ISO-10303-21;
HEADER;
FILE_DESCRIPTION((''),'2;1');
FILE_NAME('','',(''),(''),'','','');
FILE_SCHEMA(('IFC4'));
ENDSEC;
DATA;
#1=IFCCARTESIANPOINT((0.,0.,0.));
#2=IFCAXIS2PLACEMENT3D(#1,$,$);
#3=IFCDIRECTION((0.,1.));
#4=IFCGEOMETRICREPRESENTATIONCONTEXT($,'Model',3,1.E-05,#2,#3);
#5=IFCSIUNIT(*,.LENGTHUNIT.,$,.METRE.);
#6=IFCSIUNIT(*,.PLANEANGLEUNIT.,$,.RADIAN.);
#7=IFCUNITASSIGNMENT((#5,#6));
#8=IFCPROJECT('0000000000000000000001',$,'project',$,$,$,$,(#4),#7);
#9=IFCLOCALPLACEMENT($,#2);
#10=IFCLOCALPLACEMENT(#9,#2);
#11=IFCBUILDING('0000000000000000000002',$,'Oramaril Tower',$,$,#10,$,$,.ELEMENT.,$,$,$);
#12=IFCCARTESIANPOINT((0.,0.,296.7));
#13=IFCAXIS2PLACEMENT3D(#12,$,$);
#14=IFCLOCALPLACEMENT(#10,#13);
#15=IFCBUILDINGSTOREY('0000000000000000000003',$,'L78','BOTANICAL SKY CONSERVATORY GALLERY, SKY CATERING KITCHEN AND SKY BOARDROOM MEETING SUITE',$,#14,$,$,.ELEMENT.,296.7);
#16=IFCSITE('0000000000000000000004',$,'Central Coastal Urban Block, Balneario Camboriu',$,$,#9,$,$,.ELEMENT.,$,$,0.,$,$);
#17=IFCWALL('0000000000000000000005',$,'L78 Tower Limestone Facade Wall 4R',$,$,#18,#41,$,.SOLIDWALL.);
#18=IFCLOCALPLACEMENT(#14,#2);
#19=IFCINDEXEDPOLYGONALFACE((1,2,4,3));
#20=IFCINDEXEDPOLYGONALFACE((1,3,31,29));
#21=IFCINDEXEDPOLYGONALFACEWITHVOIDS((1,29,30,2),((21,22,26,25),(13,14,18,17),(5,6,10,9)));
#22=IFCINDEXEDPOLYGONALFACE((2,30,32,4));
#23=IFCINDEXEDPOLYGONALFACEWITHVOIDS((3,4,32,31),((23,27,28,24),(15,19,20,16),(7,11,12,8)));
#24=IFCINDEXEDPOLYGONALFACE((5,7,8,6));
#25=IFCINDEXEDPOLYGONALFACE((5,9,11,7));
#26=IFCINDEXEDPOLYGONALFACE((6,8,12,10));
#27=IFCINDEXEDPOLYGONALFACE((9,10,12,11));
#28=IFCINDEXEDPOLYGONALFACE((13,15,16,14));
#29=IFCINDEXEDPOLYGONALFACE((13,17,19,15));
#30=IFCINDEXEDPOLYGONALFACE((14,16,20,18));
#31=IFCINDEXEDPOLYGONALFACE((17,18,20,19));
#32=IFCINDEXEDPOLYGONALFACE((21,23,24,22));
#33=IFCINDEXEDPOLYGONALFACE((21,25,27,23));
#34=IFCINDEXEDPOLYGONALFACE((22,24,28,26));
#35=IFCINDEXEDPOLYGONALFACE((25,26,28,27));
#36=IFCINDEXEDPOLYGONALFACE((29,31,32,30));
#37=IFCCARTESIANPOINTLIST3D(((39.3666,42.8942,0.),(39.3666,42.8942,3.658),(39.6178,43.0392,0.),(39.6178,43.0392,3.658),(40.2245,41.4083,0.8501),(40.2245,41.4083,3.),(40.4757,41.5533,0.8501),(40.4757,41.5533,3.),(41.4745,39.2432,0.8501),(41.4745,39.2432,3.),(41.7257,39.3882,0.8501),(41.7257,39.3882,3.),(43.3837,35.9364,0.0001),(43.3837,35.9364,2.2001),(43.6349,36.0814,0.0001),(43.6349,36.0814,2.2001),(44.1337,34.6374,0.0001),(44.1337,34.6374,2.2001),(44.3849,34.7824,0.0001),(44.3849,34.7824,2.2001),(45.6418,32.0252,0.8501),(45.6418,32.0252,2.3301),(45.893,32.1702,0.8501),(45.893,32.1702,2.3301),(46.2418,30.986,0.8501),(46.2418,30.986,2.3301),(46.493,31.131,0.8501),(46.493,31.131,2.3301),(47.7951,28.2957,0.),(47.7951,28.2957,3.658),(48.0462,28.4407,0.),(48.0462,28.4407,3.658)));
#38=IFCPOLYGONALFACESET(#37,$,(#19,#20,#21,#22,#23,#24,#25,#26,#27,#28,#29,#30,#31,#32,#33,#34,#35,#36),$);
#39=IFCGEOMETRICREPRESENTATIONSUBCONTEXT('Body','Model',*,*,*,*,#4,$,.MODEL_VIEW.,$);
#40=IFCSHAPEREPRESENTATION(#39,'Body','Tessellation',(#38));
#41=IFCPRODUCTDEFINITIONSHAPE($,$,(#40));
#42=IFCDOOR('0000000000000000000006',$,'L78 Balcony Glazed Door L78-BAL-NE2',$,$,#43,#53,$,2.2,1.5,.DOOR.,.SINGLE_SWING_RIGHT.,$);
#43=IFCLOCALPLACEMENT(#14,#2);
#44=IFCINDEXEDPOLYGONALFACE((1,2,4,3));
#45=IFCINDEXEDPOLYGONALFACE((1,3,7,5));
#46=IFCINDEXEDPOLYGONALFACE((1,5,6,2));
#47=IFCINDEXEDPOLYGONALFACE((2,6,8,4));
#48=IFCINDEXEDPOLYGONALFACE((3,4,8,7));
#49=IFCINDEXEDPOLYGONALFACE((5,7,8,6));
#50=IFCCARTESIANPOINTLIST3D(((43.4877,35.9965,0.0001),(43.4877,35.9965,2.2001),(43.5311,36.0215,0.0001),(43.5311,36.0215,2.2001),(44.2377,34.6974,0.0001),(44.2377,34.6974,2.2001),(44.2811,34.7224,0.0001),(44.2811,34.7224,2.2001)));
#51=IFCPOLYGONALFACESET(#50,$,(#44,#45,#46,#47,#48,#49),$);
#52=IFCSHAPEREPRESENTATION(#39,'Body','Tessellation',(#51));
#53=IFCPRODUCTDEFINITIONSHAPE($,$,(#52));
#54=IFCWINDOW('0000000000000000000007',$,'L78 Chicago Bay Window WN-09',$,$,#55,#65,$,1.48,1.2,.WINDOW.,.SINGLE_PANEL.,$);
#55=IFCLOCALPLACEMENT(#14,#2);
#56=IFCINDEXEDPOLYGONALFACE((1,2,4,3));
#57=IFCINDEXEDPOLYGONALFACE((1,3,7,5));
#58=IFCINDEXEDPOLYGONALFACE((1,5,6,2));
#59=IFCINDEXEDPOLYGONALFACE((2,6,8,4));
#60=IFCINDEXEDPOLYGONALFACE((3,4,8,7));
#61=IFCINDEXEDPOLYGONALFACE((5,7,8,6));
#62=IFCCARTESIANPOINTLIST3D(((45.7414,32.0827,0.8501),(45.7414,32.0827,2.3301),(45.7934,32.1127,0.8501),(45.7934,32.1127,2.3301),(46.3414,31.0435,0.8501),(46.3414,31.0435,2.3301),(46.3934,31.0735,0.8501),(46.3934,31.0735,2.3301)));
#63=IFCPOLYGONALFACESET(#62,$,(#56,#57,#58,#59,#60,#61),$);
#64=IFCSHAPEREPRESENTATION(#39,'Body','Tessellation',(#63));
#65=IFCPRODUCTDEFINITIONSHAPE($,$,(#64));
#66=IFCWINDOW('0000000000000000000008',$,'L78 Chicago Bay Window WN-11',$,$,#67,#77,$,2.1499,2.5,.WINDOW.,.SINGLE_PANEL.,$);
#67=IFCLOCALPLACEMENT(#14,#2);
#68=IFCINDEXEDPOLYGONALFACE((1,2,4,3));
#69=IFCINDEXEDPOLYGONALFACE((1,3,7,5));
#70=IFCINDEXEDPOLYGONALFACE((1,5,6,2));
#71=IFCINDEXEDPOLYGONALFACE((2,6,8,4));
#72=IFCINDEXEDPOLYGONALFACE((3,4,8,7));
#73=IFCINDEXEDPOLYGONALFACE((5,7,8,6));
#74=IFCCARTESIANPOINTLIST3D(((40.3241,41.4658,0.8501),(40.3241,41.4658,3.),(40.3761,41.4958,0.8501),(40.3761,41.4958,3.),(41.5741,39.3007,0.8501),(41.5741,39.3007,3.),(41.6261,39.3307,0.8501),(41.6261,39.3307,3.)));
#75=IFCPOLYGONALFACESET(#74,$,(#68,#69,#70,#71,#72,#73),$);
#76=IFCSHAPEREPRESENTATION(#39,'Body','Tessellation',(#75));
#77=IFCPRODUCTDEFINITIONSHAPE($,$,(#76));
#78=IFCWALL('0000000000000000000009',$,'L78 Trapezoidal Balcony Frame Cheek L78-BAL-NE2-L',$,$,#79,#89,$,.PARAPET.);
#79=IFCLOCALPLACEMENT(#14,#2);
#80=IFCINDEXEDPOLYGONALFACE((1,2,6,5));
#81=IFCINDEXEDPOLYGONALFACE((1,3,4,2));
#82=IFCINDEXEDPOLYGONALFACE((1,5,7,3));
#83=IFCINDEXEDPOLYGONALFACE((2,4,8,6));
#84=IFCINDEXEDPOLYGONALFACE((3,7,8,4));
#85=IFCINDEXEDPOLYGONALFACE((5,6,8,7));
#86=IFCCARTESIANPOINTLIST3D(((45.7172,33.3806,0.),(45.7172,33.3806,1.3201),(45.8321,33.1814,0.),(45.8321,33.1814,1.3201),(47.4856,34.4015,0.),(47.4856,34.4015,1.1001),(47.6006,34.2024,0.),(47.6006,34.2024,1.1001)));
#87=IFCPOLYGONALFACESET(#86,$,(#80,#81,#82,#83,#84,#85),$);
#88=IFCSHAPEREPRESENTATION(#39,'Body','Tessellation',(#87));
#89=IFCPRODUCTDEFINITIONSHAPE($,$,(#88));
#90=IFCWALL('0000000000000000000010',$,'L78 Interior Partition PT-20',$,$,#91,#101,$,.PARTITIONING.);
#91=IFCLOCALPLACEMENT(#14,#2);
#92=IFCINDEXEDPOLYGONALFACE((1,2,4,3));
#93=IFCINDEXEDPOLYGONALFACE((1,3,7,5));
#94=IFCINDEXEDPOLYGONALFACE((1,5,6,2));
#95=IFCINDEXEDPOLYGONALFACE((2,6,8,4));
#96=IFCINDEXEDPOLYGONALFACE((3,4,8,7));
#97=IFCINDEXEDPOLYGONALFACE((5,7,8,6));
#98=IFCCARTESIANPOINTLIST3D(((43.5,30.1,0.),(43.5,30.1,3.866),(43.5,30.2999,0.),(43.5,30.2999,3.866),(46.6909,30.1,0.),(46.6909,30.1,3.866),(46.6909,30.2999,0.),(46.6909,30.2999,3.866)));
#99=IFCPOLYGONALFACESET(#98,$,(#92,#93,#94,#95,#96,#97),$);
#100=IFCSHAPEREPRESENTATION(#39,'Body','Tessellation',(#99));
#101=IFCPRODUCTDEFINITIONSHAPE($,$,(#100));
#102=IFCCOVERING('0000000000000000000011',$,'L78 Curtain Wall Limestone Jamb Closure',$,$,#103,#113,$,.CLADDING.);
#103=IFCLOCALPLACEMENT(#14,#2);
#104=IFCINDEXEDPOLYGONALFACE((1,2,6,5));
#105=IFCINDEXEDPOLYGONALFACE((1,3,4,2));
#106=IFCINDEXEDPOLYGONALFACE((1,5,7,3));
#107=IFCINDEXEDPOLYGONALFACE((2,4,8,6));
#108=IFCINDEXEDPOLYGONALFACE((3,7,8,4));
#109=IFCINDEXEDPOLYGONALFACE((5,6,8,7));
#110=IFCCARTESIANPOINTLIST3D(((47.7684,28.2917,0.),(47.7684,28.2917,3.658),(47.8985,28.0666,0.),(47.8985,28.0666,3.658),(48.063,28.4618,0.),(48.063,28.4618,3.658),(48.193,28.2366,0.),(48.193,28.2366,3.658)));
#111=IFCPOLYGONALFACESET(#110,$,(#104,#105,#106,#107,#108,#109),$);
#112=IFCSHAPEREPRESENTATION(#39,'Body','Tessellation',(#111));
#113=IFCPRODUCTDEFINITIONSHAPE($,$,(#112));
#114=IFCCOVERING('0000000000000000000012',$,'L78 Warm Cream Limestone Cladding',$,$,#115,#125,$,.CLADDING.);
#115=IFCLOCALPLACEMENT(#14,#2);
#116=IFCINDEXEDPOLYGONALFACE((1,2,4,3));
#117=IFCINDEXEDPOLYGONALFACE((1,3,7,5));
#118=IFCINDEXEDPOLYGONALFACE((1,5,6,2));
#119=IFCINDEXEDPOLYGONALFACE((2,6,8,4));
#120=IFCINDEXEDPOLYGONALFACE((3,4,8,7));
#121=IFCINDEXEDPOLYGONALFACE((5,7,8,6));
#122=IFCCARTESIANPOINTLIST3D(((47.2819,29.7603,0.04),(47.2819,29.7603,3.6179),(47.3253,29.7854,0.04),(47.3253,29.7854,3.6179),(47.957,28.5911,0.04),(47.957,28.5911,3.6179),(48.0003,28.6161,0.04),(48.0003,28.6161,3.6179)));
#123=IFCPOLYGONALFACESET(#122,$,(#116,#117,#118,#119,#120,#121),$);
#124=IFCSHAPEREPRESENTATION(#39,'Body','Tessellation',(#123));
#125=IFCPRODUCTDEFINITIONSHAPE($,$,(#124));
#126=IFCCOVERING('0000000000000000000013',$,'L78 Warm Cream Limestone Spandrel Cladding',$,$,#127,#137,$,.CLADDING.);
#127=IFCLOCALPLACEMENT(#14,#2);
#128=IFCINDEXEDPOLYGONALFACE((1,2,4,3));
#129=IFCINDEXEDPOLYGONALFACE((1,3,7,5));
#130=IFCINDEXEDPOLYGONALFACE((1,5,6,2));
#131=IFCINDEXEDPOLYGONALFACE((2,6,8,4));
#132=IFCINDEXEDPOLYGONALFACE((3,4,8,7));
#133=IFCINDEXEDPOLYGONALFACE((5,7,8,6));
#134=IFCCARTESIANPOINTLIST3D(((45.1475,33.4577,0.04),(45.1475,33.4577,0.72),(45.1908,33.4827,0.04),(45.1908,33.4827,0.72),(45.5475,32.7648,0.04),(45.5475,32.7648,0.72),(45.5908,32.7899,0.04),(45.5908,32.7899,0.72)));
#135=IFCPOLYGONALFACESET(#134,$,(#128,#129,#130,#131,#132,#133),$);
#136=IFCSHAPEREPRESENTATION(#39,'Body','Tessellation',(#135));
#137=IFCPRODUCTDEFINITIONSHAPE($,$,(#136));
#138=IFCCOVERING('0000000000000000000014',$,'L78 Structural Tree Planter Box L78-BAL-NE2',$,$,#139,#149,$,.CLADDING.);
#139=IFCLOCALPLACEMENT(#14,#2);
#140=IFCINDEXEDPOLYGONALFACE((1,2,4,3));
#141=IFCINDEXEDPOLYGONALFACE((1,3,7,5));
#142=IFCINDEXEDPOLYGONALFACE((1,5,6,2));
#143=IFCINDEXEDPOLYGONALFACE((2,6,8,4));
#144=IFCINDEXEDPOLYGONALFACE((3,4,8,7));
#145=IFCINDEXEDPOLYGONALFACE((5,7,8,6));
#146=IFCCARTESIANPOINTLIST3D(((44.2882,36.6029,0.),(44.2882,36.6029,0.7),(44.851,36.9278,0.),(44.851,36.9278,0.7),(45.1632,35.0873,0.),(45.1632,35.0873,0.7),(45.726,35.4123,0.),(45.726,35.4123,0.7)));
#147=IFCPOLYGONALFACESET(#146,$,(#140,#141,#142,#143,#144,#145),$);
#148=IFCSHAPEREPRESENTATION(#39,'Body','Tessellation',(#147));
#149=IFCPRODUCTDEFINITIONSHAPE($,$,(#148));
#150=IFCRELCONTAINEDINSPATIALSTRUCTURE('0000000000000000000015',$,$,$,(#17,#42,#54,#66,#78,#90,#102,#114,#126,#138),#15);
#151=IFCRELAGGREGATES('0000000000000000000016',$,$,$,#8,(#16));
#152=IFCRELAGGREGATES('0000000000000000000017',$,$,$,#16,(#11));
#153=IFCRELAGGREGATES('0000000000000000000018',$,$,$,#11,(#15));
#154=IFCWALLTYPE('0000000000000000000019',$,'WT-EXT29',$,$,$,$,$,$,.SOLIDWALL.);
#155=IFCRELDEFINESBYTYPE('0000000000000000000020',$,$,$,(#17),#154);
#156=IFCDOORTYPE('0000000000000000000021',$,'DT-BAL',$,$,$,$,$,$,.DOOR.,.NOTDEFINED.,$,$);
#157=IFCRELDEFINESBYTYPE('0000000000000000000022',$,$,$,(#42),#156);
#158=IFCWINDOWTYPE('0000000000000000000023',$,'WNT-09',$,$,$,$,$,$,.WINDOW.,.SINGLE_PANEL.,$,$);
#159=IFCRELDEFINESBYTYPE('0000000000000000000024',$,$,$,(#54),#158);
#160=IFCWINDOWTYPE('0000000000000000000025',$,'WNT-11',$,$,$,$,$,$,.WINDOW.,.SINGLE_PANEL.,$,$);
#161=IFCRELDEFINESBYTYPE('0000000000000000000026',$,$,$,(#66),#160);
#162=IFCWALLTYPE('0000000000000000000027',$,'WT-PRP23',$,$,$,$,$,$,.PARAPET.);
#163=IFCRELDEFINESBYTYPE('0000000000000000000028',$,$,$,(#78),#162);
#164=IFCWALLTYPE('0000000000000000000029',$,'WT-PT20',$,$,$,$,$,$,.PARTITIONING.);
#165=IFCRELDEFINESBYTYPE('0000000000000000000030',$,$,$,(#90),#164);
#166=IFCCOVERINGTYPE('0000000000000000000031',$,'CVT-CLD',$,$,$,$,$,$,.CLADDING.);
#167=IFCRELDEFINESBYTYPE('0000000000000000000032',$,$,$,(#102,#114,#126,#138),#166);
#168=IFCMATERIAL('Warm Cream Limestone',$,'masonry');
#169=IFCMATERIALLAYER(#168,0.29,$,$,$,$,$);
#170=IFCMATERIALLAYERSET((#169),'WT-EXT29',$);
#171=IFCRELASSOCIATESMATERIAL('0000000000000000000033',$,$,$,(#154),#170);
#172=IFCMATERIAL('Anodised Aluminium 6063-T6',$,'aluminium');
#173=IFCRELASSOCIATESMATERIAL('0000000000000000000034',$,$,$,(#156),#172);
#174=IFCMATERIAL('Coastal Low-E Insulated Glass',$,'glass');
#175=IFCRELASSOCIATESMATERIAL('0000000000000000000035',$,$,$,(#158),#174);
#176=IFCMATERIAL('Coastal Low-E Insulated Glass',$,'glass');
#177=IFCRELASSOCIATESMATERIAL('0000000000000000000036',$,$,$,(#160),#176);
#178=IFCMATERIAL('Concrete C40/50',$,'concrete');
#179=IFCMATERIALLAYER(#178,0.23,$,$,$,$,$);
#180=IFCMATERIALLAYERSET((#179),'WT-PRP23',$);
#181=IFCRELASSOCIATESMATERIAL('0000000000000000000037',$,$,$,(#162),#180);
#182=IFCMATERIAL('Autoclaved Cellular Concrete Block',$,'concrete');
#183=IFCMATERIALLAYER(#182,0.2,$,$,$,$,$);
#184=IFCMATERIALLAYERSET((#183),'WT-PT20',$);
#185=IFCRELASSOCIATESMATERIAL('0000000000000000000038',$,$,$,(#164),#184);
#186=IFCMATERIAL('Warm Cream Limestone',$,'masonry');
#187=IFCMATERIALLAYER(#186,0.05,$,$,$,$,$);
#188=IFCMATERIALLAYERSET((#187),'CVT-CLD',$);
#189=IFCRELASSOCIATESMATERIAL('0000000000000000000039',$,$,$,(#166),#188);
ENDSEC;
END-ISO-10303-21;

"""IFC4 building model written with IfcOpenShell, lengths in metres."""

from ifc_helpers import new_model, si_unit, direction, frame, frame_2d, origin, origin_2d, place, context, subcontext, project, spatial, polyline, rectangle, outline, extrude, material, layer, layer_set, type_object, element, fill, save


model = new_model("IFC4")

# Units and contexts
model_context = context("Model", 3, precision=1e-05, world=origin(), true_north=direction((0.0, 1.0)))
body_context = subcontext(model_context, "Body", "Model", "MODEL_VIEW")
ifc_project = project(units=[si_unit("LENGTHUNIT", "METRE"), si_unit("PLANEANGLEUNIT", "RADIAN")], contexts=[model_context])

# Site, building, storey
site_placement = place(None, origin())
site = spatial("IfcSite", under=ifc_project, at=site_placement, Name="Central Coastal Urban Block, Balneario Camboriu", CompositionType="ELEMENT", RefElevation=0.0)
building_placement = place(site_placement, origin())
building = spatial("IfcBuilding", under=site, at=building_placement, Name="Oramaril Tower", CompositionType="ELEMENT")
storey_placement = place(building_placement, frame((0.0, 0.0, 296.7)))
storey = spatial("IfcBuildingStorey", under=building, at=storey_placement, Name="L78", Description="BOTANICAL SKY CONSERVATORY GALLERY, SKY CATERING KITCHEN AND SKY BOARDROOM MEETING SUITE", CompositionType="ELEMENT", Elevation=296.7)

# Wall, openings, door, windows
ifc_material_1 = material(Name="Warm Cream Limestone", Category="masonry")
ifc_layer_1 = layer(ifc_material_1, 0.29)
ifc_layer_set_1 = layer_set([ifc_layer_1], Name="WT-EXT29")
wall_type_1 = type_object("IfcWallType", Name="WT-EXT29", PredefinedType="SOLIDWALL", material=ifc_layer_set_1)
wall_1_placement = place(storey_placement, frame((47.9207, 28.3682, 0.0), z_axis=(0.0, 0.0, 1.0), x_axis=(-0.499997, 0.866027, 0.0)))
wall_1 = element("IfcWall", 1, at=wall_1_placement, inside=storey, type_object=wall_type_1, Name="L78 Tower Limestone Facade Wall 4R", PredefinedType="SOLIDWALL", context=body_context, shape_type="SweptSolid", body=[
    extrude(rectangle(XDim=16.8569, YDim=0.29, at=frame_2d((8.4285, 0.0))), origin(), (0.0, 0.0, 1.0), 3.658),
])
opening_1_placement = place(wall_1_placement, frame((7.3228, 0.0, 0.0)))
opening_1 = element("IfcOpeningElement", 2, at=opening_1_placement, cuts=wall_1, PredefinedType="OPENING", context=body_context, shape_type="SweptSolid", body=[
    extrude(rectangle(XDim=1.5, YDim=2.2, at=frame_2d((0.75, 1.1001))), frame((0.0, 0.145, 0.0), z_axis=(0.0, -1.0, 0.0), x_axis=(1.0, 0.0, 0.0)), (0.0, 0.0, 1.0), 0.29),
])
opening_2_placement = place(wall_1_placement, frame((3.1064, 0.0, 0.8501)))
opening_2 = element("IfcOpeningElement", 3, at=opening_2_placement, cuts=wall_1, PredefinedType="OPENING", context=body_context, shape_type="SweptSolid", body=[
    extrude(rectangle(XDim=1.2, YDim=1.48, at=frame_2d((0.6001, 0.74))), frame((0.0, 0.145, 0.0), z_axis=(0.0, -1.0, 0.0), x_axis=(1.0, 0.0, 0.0)), (0.0, 0.0, 1.0), 0.29),
])
opening_3_placement = place(wall_1_placement, frame((12.6411, 0.0, 0.8501)))
opening_3 = element("IfcOpeningElement", 4, at=opening_3_placement, cuts=wall_1, PredefinedType="OPENING", context=body_context, shape_type="SweptSolid", body=[
    extrude(rectangle(XDim=2.5, YDim=2.1499, at=frame_2d((1.25, 1.075))), frame((0.0, 0.145, 0.0), z_axis=(0.0, -1.0, 0.0), x_axis=(1.0, 0.0, 0.0)), (0.0, 0.0, 1.0), 0.29),
])
ifc_material_2 = material(Name="Anodised Aluminium 6063-T6", Category="aluminium")
door_type = type_object("IfcDoorType", Name="DT-BAL", OperationType="NOTDEFINED", PredefinedType="DOOR", material=ifc_material_2)
door_placement = place(opening_1_placement, origin())
door = element("IfcDoor", 5, at=door_placement, inside=storey, type_object=door_type, Name="L78 Balcony Glazed Door L78-BAL-NE2", OperationType="SINGLE_SWING_RIGHT", OverallHeight=2.2, OverallWidth=1.5, PredefinedType="DOOR", context=body_context, shape_type="SweptSolid", body=[
    extrude(rectangle(XDim=1.5, YDim=2.2, at=frame_2d((0.75, 1.1001))), frame((0.0, 0.0249, 0.0), z_axis=(0.0, -1.0, 0.0), x_axis=(1.0, 0.0, 0.0)), (0.0, 0.0, 1.0), 0.05),
])
fill(opening_1, door)
ifc_material_3 = material(Name="Coastal Low-E Insulated Glass", Category="glass")
window_type_1 = type_object("IfcWindowType", Name="WNT-09", PartitioningType="SINGLE_PANEL", PredefinedType="WINDOW", material=ifc_material_3)
window_1_placement = place(opening_2_placement, origin())
window_1 = element("IfcWindow", 6, at=window_1_placement, inside=storey, type_object=window_type_1, Name="L78 Chicago Bay Window WN-09", OverallHeight=1.48, OverallWidth=1.2, PartitioningType="SINGLE_PANEL", PredefinedType="WINDOW", context=body_context, shape_type="SweptSolid", body=[
    extrude(rectangle(XDim=1.2, YDim=1.48, at=frame_2d((0.6001, 0.74))), frame((0.0, 0.03, 0.0), z_axis=(0.0, -1.0, 0.0), x_axis=(1.0, 0.0, 0.0)), (0.0, 0.0, 1.0), 0.0601),
])
fill(opening_2, window_1)
ifc_material_4 = material(Name="Coastal Low-E Insulated Glass", Category="glass")
window_type_2 = type_object("IfcWindowType", Name="WNT-11", PartitioningType="SINGLE_PANEL", PredefinedType="WINDOW", material=ifc_material_4)
window_2_placement = place(opening_3_placement, origin())
window_2 = element("IfcWindow", 7, at=window_2_placement, inside=storey, type_object=window_type_2, Name="L78 Chicago Bay Window WN-11", OverallHeight=2.1499, OverallWidth=2.5, PartitioningType="SINGLE_PANEL", PredefinedType="WINDOW", context=body_context, shape_type="SweptSolid", body=[
    extrude(rectangle(XDim=2.5, YDim=2.1499, at=frame_2d((1.25, 1.075))), frame((0.0, 0.03, 0.0), z_axis=(0.0, -1.0, 0.0), x_axis=(1.0, 0.0, 0.0)), (0.0, 0.0, 1.0), 0.0601),
])
fill(opening_3, window_2)

# Walls
ifc_material_5 = material(Name="Concrete C40/50", Category="concrete")
ifc_layer_2 = layer(ifc_material_5, 0.23)
ifc_layer_set_2 = layer_set([ifc_layer_2], Name="WT-PRP23")
wall_type_2 = type_object("IfcWallType", Name="WT-PRP23", PredefinedType="PARAPET", material=ifc_layer_set_2)
wall_2_placement = place(storey_placement, frame((45.7747, 33.281, 0.0), z_axis=(0.0, 0.0, 1.0), x_axis=(0.866042, 0.499971, 0.0)))
element("IfcWall", 8, at=wall_2_placement, inside=storey, type_object=wall_type_2, Name="L78 Trapezoidal Balcony Frame Cheek L78-BAL-NE2-L", PredefinedType="PARAPET", context=body_context, shape_type="SweptSolid", body=[
    extrude(outline(polyline([(0.0, 0.0), (2.042, 0.0), (2.042, 1.1001), (0.0, 1.3201), (0.0, 0.0)])), frame((0.0, 0.115, 0.0), z_axis=(0.0, -1.0, 0.0), x_axis=(1.0, 0.0, 0.0)), (0.0, 0.0, 1.0), 0.23),
])
ifc_material_6 = material(Name="Autoclaved Cellular Concrete Block", Category="concrete")
ifc_layer_3 = layer(ifc_material_6, 0.2)
ifc_layer_set_3 = layer_set([ifc_layer_3], Name="WT-PT20")
wall_type_3 = type_object("IfcWallType", Name="WT-PT20", PredefinedType="PARTITIONING", material=ifc_layer_set_3)
wall_3_placement = place(storey_placement, frame((43.5, 30.2, 0.0), z_axis=(0.0, 0.0, 1.0), x_axis=(1.0, 0.0, 0.0)))
element("IfcWall", 9, at=wall_3_placement, inside=storey, type_object=wall_type_3, Name="L78 Interior Partition PT-20", PredefinedType="PARTITIONING", context=body_context, shape_type="SweptSolid", body=[
    extrude(rectangle(XDim=3.1909, YDim=0.2, at=frame_2d((1.5955, 0.0))), origin(), (0.0, 0.0, 1.0), 3.866),
])

# Coverings
ifc_material_7 = material(Name="Warm Cream Limestone", Category="masonry")
ifc_layer_4 = layer(ifc_material_7, 0.05)
ifc_layer_set_4 = layer_set([ifc_layer_4], Name="CVT-CLD")
covering_type = type_object("IfcCoveringType", Name="CVT-CLD", PredefinedType="CLADDING", material=ifc_layer_set_4)
covering_1_placement = place(storey_placement, frame((47.9807, 28.2642, 0.0), z_axis=(0.0, 0.0, 1.0), x_axis=(-0.5, 0.866025, 0.0)))
element("IfcCovering", 10, at=covering_1_placement, inside=storey, type_object=covering_type, Name="L78 Curtain Wall Limestone Jamb Closure", PredefinedType="CLADDING", context=body_context, shape_type="SweptSolid", body=[
    extrude(rectangle(XDim=0.26, YDim=0.3401, at=origin_2d()), origin(), (0.0, 0.0, 1.0), 3.658),
])
covering_2_placement = place(storey_placement, frame((47.6411, 29.1882, 0.04), z_axis=(0.0, 0.0, 1.0), x_axis=(-0.5, 0.866025, 0.0)))
element("IfcCovering", 11, at=covering_2_placement, inside=storey, type_object=covering_type, Name="L78 Warm Cream Limestone Cladding", PredefinedType="CLADDING", context=body_context, shape_type="SweptSolid", body=[
    extrude(rectangle(XDim=1.3501, YDim=0.05, at=origin_2d()), origin(), (0.0, 0.0, 1.0), 3.5779),
])
covering_3_placement = place(storey_placement, frame((45.3691, 33.1238, 0.04), z_axis=(0.0, 0.0, 1.0), x_axis=(-0.5, 0.866025, 0.0)))
element("IfcCovering", 12, at=covering_3_placement, inside=storey, type_object=covering_type, Name="L78 Warm Cream Limestone Spandrel Cladding", PredefinedType="CLADDING", context=body_context, shape_type="SweptSolid", body=[
    extrude(rectangle(XDim=0.8, YDim=0.05, at=origin_2d()), origin(), (0.0, 0.0, 1.0), 0.6799),
])
covering_4_placement = place(storey_placement, frame((45.0071, 36.0076, 0.0), z_axis=(0.0, 0.0, 1.0), x_axis=(-0.5, 0.866025, 0.0)))
element("IfcCovering", 13, at=covering_4_placement, inside=storey, type_object=covering_type, Name="L78 Structural Tree Planter Box L78-BAL-NE2", PredefinedType="CLADDING", context=body_context, shape_type="SweptSolid", body=[
    extrude(rectangle(XDim=1.75, YDim=0.6499, at=origin_2d()), origin(), (0.0, 0.0, 1.0), 0.7),
])

save(model, "model.ifc")
